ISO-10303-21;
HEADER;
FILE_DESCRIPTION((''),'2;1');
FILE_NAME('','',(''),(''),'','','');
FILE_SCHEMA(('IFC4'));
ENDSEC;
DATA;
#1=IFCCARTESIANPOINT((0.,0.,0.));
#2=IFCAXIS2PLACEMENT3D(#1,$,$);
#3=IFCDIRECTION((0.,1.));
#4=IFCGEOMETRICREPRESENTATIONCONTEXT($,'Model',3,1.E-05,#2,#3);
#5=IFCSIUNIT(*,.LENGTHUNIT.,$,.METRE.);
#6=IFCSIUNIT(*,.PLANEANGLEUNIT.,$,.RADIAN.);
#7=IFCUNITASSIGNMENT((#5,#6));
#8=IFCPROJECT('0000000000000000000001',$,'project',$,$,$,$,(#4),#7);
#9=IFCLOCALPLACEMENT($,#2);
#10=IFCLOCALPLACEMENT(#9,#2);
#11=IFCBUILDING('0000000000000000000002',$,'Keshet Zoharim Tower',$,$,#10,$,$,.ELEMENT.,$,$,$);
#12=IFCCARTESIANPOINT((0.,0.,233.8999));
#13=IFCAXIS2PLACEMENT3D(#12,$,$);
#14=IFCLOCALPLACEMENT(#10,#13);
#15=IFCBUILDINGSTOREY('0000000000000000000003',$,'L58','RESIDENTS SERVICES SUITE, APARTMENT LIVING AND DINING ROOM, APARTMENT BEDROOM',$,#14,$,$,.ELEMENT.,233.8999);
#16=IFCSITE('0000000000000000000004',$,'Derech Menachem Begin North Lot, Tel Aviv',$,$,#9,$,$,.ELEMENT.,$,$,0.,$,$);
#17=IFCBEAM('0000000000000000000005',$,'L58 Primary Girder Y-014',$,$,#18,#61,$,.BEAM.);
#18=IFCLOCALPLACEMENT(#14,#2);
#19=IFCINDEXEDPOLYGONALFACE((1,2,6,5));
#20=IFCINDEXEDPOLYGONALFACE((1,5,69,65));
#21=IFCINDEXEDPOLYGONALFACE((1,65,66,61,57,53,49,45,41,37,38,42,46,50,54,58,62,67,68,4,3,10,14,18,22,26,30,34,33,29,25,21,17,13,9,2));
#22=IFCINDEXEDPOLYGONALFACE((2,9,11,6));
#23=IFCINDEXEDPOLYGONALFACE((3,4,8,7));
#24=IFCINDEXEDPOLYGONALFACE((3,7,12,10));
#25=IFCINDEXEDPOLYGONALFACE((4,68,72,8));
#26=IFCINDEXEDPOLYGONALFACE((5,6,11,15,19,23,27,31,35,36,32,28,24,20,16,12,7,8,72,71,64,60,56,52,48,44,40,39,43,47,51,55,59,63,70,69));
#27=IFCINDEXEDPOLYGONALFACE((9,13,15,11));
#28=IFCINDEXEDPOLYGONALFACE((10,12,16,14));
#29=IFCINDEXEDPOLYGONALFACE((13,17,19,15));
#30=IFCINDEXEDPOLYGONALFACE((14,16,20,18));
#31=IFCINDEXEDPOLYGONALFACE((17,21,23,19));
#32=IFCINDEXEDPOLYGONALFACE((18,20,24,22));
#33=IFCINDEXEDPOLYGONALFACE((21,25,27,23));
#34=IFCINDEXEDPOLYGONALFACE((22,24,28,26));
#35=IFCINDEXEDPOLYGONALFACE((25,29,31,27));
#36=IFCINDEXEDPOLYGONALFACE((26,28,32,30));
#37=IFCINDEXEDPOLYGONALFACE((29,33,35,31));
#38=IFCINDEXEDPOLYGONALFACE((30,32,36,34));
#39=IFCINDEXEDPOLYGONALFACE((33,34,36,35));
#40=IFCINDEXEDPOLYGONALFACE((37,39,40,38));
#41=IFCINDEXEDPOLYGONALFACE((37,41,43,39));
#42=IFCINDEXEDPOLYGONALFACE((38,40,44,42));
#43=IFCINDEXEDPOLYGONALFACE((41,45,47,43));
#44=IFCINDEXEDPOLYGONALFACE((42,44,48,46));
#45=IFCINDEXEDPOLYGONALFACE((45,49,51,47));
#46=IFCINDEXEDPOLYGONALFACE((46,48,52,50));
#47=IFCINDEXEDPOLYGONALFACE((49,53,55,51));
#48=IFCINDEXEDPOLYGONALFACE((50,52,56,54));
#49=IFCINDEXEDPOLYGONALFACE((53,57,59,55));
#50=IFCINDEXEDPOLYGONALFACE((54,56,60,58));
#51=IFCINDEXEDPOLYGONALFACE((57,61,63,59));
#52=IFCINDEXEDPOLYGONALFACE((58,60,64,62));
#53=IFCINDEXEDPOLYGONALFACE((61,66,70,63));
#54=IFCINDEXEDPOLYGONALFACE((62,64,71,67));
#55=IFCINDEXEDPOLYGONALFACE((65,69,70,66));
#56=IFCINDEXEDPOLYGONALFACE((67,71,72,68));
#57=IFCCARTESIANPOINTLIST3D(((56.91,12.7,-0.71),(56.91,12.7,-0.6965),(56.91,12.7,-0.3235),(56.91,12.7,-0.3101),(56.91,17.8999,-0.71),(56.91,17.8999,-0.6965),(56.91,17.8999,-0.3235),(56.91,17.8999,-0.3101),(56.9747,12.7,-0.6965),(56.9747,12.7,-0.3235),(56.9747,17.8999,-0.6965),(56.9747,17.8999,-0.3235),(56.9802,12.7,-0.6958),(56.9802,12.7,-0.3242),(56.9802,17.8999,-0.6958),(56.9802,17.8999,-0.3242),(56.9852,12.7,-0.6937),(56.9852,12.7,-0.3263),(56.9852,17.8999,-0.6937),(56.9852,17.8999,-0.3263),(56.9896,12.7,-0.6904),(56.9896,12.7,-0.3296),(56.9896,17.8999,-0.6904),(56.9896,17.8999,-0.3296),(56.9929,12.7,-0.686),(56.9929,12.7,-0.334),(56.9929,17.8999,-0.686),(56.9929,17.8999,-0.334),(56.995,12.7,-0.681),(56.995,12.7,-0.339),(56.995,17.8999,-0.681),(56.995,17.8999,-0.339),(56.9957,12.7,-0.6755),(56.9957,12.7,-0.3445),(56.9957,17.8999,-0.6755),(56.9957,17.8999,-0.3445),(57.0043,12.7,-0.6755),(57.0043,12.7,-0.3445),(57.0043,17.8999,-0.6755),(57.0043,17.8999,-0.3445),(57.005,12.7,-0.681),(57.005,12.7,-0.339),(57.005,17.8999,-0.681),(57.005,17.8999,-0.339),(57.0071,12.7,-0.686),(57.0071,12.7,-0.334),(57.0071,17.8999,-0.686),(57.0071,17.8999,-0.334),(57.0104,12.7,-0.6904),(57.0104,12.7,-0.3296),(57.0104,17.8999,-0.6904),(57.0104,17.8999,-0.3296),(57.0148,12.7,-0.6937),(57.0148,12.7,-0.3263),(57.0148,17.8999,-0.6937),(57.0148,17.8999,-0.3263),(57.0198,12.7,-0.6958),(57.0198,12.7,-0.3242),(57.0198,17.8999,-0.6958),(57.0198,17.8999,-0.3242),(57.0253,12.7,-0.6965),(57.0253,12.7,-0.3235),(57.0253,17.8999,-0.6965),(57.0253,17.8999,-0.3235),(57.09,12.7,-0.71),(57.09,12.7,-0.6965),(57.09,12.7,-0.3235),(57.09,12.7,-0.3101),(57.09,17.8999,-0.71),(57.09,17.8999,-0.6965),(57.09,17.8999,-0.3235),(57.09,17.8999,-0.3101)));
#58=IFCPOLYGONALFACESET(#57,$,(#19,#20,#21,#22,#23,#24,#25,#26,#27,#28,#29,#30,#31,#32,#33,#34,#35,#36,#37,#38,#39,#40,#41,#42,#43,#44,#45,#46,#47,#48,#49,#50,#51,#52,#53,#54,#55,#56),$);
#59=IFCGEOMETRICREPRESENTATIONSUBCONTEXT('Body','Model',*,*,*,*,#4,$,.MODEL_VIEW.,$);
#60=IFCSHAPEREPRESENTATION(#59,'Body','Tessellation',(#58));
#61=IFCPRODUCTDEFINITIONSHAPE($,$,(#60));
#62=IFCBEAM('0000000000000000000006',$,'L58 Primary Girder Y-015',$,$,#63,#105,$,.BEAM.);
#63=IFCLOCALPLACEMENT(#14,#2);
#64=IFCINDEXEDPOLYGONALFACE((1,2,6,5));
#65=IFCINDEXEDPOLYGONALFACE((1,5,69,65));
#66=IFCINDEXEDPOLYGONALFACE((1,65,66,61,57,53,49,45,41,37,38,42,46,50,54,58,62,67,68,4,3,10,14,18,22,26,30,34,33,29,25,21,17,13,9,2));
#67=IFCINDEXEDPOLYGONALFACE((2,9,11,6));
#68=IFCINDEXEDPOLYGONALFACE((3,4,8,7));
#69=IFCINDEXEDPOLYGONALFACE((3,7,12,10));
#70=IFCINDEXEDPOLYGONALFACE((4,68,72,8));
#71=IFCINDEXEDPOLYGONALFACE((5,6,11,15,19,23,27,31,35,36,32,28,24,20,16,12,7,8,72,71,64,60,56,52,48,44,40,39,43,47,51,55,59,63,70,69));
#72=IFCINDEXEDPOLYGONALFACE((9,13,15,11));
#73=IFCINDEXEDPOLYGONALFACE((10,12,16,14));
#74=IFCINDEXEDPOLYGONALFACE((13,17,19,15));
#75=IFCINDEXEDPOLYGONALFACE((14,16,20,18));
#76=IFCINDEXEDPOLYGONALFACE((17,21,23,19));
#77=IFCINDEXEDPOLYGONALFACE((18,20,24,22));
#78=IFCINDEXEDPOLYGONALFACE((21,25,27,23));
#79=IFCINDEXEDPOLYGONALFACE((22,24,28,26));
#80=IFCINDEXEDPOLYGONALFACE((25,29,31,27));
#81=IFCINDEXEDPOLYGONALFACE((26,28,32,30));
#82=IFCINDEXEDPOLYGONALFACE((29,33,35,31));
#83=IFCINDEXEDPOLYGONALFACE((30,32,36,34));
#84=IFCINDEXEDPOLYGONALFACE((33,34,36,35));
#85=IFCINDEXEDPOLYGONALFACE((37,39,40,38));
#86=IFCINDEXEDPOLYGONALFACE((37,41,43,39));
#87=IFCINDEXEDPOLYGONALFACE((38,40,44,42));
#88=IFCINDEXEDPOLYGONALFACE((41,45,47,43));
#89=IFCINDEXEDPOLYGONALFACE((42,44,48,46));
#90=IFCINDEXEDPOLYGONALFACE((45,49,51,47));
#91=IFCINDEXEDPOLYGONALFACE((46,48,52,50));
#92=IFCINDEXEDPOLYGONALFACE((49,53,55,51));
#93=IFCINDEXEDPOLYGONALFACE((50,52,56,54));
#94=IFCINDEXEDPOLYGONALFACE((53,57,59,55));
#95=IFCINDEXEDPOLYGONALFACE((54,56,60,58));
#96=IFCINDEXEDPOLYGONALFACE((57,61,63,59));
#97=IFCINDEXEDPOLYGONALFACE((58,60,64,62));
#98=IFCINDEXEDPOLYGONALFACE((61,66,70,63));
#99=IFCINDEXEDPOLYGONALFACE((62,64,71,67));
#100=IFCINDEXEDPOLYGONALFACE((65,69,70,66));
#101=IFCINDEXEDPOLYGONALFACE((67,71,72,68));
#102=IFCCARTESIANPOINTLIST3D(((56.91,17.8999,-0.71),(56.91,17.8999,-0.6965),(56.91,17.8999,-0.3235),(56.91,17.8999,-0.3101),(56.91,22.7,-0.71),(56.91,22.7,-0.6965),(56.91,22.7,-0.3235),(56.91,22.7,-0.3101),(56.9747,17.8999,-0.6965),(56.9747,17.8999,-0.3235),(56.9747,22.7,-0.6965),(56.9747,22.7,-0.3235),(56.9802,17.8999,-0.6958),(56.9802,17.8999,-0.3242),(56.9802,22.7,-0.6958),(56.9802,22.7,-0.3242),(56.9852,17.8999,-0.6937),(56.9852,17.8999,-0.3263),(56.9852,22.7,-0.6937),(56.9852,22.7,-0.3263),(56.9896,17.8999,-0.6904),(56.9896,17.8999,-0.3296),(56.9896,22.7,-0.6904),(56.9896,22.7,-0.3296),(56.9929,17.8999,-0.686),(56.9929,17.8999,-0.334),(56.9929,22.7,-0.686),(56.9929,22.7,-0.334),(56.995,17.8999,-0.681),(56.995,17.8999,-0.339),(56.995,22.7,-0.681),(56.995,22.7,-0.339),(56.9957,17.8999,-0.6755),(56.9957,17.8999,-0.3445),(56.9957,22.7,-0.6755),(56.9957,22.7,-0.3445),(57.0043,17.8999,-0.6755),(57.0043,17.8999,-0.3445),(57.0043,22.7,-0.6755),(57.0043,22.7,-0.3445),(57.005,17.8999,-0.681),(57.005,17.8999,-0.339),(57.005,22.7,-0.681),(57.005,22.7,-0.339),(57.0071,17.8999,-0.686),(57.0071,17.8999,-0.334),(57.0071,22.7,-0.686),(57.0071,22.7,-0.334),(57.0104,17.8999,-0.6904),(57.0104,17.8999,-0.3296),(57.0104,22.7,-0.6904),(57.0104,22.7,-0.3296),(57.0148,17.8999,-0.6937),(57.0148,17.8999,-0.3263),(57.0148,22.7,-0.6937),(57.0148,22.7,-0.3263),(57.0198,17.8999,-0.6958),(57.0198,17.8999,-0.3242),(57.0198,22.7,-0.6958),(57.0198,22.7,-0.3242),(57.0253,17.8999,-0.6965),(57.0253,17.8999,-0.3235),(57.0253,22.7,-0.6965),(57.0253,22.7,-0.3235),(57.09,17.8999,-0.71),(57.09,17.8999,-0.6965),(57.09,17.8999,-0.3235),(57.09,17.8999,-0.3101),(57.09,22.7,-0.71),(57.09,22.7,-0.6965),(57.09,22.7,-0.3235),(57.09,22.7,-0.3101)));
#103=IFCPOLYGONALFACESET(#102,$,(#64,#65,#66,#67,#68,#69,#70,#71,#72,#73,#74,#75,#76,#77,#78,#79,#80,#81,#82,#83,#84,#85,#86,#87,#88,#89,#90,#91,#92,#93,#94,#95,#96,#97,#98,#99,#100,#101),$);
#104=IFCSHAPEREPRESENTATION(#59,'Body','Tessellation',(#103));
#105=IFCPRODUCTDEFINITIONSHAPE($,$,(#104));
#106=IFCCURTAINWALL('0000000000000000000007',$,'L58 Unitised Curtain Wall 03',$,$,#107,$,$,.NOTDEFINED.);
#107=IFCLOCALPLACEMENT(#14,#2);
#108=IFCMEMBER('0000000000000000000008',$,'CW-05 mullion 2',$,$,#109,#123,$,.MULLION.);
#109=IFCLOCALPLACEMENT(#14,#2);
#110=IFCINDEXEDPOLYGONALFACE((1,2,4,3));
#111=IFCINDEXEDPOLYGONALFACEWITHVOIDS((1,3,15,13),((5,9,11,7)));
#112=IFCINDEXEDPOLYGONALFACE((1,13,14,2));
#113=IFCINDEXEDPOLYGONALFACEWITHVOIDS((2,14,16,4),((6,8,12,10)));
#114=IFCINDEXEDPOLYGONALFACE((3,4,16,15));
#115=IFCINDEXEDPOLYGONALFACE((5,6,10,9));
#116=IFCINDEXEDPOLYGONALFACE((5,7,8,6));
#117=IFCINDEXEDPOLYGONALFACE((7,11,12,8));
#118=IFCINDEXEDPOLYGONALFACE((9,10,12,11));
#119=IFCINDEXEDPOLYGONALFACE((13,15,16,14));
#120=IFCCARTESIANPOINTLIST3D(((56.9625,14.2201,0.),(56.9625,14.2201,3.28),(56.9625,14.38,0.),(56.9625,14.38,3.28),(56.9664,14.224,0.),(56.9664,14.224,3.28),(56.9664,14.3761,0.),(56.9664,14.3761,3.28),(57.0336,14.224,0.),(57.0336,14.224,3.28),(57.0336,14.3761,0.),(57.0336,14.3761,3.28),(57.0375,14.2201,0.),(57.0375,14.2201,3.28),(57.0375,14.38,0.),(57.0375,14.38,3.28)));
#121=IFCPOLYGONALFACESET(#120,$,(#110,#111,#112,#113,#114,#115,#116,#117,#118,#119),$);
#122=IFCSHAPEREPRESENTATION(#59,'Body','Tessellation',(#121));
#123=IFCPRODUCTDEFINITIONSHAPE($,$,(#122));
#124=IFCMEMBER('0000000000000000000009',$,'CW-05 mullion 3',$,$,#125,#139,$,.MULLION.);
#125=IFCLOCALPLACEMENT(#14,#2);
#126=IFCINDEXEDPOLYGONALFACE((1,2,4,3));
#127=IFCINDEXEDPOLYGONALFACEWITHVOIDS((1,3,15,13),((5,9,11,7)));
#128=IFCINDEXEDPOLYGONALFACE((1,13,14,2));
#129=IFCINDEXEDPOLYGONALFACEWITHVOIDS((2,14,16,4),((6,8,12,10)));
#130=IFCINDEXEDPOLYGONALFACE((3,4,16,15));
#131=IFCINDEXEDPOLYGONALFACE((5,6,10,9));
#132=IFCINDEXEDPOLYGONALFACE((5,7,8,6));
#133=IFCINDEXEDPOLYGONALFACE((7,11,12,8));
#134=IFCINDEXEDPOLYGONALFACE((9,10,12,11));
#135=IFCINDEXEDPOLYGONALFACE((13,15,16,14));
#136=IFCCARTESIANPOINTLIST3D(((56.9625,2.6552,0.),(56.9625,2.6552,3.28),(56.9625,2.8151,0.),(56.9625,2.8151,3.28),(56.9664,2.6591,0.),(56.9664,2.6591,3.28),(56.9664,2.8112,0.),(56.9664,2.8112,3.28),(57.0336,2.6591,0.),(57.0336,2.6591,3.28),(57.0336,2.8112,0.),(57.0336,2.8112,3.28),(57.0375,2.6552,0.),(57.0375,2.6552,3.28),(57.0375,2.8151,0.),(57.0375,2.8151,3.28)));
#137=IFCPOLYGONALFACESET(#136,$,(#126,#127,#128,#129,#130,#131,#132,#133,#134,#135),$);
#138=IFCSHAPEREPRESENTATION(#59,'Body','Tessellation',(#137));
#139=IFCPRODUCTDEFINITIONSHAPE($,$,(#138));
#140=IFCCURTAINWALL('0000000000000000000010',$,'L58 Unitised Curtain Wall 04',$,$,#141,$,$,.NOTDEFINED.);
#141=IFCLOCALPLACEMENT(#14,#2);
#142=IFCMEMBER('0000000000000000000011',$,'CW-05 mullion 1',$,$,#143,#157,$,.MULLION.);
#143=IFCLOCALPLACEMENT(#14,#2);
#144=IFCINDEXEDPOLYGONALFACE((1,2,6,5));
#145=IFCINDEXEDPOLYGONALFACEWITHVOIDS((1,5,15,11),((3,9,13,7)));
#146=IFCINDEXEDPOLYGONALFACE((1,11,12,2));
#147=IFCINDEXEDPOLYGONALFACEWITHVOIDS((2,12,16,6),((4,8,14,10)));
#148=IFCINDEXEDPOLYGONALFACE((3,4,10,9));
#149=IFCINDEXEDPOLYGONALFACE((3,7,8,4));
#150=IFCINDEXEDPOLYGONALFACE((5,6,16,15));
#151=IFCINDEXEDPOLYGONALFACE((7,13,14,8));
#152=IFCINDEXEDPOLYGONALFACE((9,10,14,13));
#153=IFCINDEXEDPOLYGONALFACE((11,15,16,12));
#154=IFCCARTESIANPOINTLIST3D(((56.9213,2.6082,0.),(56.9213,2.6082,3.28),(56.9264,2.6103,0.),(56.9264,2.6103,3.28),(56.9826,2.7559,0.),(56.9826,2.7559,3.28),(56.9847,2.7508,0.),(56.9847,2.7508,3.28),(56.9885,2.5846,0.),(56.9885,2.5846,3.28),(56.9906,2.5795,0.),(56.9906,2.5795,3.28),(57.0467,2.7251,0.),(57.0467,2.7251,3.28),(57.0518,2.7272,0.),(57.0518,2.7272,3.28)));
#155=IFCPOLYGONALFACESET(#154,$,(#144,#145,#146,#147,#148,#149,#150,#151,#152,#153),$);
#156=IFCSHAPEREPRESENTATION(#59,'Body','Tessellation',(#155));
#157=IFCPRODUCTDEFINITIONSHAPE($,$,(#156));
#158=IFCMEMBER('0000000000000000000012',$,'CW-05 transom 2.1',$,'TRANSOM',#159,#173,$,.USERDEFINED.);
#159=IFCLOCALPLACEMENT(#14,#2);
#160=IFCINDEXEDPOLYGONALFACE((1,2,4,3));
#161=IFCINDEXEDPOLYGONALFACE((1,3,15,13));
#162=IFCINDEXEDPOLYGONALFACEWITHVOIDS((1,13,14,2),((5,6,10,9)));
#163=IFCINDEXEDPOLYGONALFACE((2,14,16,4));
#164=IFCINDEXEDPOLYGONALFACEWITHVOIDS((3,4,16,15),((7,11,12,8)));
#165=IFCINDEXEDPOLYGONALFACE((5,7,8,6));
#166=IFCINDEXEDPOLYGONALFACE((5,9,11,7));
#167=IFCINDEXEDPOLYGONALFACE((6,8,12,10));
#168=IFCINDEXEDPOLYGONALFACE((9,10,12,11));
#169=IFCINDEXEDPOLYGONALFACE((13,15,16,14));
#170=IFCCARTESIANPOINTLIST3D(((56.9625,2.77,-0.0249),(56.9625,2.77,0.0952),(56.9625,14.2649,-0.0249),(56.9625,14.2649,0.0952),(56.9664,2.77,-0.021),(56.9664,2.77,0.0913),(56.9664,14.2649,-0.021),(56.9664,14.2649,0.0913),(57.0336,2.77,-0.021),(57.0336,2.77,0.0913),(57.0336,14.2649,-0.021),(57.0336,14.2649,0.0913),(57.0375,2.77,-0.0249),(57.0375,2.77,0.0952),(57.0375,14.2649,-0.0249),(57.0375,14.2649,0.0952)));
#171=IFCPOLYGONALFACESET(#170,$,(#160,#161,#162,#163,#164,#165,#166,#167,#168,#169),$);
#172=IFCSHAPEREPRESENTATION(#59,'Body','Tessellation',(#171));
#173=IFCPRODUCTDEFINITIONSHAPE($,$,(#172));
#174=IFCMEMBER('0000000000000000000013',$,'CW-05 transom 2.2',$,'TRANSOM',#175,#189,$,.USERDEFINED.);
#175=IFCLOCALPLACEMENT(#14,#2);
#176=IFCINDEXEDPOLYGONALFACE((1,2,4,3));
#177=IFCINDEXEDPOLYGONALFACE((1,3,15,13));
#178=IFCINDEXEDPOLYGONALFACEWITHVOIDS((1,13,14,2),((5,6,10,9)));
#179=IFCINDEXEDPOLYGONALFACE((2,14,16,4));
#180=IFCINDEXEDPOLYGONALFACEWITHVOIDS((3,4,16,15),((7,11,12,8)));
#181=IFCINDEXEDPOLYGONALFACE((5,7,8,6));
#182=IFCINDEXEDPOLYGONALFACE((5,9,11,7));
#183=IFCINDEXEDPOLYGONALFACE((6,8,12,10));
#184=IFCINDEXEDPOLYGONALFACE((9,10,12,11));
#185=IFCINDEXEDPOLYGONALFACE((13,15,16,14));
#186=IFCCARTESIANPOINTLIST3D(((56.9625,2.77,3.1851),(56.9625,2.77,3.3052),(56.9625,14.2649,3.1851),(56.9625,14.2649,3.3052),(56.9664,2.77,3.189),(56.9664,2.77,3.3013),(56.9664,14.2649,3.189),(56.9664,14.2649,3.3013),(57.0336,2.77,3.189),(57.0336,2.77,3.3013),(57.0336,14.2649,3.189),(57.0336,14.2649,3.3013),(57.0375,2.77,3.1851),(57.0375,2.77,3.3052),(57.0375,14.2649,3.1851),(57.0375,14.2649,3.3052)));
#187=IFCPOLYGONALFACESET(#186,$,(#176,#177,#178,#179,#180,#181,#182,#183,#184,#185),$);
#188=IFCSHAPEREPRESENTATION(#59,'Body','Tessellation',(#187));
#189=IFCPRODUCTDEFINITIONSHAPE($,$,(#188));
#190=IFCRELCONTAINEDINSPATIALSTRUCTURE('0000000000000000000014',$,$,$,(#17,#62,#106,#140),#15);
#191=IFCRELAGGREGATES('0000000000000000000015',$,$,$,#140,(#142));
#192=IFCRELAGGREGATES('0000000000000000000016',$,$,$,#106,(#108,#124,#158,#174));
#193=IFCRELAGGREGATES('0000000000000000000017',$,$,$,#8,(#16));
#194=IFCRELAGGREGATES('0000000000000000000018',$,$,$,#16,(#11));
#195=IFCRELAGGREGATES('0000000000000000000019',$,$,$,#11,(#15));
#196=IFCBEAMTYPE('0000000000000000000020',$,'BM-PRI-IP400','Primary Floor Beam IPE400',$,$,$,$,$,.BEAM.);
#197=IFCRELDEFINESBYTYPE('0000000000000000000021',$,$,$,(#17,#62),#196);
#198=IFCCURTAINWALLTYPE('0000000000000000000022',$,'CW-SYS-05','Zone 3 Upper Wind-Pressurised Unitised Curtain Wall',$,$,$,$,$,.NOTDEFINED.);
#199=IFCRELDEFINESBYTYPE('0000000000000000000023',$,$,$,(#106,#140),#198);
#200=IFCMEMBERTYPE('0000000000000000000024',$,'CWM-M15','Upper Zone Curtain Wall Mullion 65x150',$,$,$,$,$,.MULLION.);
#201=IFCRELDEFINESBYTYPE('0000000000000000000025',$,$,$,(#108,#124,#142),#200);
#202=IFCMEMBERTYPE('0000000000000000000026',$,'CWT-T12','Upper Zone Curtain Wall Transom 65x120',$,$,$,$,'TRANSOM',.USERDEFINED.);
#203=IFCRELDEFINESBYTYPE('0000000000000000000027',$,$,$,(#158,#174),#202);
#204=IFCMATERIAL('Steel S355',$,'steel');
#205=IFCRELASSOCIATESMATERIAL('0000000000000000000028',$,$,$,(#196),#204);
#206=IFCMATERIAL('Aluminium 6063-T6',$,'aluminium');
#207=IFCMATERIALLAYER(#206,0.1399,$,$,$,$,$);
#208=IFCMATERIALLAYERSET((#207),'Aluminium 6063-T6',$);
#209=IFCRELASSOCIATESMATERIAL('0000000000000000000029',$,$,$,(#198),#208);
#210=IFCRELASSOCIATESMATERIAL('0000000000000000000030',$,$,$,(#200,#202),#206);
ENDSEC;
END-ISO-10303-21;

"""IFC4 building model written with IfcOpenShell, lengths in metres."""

from ifc_helpers import new_model, si_unit, direction, frame, origin, origin_2d, place, context, subcontext, project, spatial, hollow_rectangle, i_section, extrude, material, layer, layer_set, material_profile, profile_set, type_object, element, aggregate, save


model = new_model("IFC4")

# Units and contexts
model_context = context("Model", 3, precision=1e-05, world=origin(), true_north=direction((0.0, 1.0)))
body_context = subcontext(model_context, "Body", "Model", "MODEL_VIEW")
ifc_project = project(units=[si_unit("LENGTHUNIT", "METRE"), si_unit("PLANEANGLEUNIT", "RADIAN")], contexts=[model_context])

# Site, building, storey
site_placement = place(None, origin())
site = spatial("IfcSite", under=ifc_project, at=site_placement, Name="Derech Menachem Begin North Lot, Tel Aviv", CompositionType="ELEMENT", RefElevation=0.0)
building_placement = place(site_placement, origin())
building = spatial("IfcBuilding", under=site, at=building_placement, Name="Keshet Zoharim Tower", CompositionType="ELEMENT")
storey_placement = place(building_placement, frame((0.0, 0.0, 233.8999)))
storey = spatial("IfcBuildingStorey", under=building, at=storey_placement, Name="L58", Description="RESIDENTS SERVICES SUITE, APARTMENT LIVING AND DINING ROOM, APARTMENT BEDROOM", CompositionType="ELEMENT", Elevation=233.8999)

# Shared definitions
ifc_material_1 = material(Name="Steel S355", Category="steel")

# Beams
ifc_material_profile_1 = material_profile(ifc_material_1, i_section(OverallWidth=0.1799, OverallDepth=0.3999, WebThickness=0.0085, FlangeThickness=0.0134, FilletRadius=0.021, at=origin_2d()), Name="IPE400")
ifc_profile_set_1 = profile_set([ifc_material_profile_1], Name="Steel S355")
beam_type = type_object("IfcBeamType", Name="BM-PRI-IP400", Description="Primary Floor Beam IPE400", PredefinedType="BEAM", material=ifc_profile_set_1)
beam_1_placement = place(storey_placement, frame((57.0, 12.7, -0.51), z_axis=(0.0, 1.0, 0.0), x_axis=(-1.0, 0.0, 0.0)))
element("IfcBeam", 1, at=beam_1_placement, inside=storey, type_object=beam_type, Name="L58 Primary Girder Y-014", PredefinedType="BEAM", context=body_context, shape_type="SweptSolid", body=[
    extrude(i_section(OverallWidth=0.1799, OverallDepth=0.3999, WebThickness=0.0085, FlangeThickness=0.0134, FilletRadius=0.021, at=origin_2d()), origin(), (0.0, 0.0, 1.0), 5.2),
])
beam_2_placement = place(storey_placement, frame((57.0, 17.8999, -0.51), z_axis=(0.0, 1.0, 0.0), x_axis=(-1.0, 0.0, 0.0)))
element("IfcBeam", 2, at=beam_2_placement, inside=storey, type_object=beam_type, Name="L58 Primary Girder Y-015", PredefinedType="BEAM", context=body_context, shape_type="SweptSolid", body=[
    extrude(i_section(OverallWidth=0.1799, OverallDepth=0.3999, WebThickness=0.0085, FlangeThickness=0.0134, FilletRadius=0.021, at=origin_2d()), origin(), (0.0, 0.0, 1.0), 4.8),
])

# Curtain wall, members
ifc_material_2 = material(Name="Aluminium 6063-T6", Category="aluminium")
ifc_layer_1 = layer(ifc_material_2, 0.1399)
ifc_layer_set_1 = layer_set([ifc_layer_1], Name="Aluminium 6063-T6")
curtain_wall_type = type_object("IfcCurtainWallType", Name="CW-SYS-05", Description="Zone 3 Upper Wind-Pressurised Unitised Curtain Wall", PredefinedType="NOTDEFINED", material=ifc_layer_set_1)
curtain_wall_1_placement = place(storey_placement, origin())
curtain_wall_1 = element("IfcCurtainWall", 3, at=curtain_wall_1_placement, inside=storey, type_object=curtain_wall_type, Name="L58 Unitised Curtain Wall 03", PredefinedType="NOTDEFINED")
ifc_material_profile_2 = material_profile(ifc_material_2, hollow_rectangle(XDim=0.075, YDim=0.1599, WallThickness=0.0039, at=origin_2d()), Name="MUL-75x160")
ifc_profile_set_2 = profile_set([ifc_material_profile_2], Name="Aluminium 6063-T6")
member_type_1 = type_object("IfcMemberType", Name="CWM-M15", Description="Upper Zone Curtain Wall Mullion 65x150", PredefinedType="MULLION", material=ifc_profile_set_2)
member_1_placement = place(storey_placement, frame((57.0, 14.3, 0.0), z_axis=(0.0, 0.0, 1.0), x_axis=(1.0, 0.0, 0.0)))
member_1 = element("IfcMember", 4, at=member_1_placement, type_object=member_type_1, Name="CW-05 mullion 2", PredefinedType="MULLION", context=body_context, shape_type="SweptSolid", body=[
    extrude(hollow_rectangle(XDim=0.075, YDim=0.1599, WallThickness=0.0039, at=origin_2d()), origin(), (0.0, 0.0, 1.0), 3.28),
])
member_2_placement = place(storey_placement, frame((57.0, 2.7351, 0.0), z_axis=(0.0, 0.0, 1.0), x_axis=(1.0, 0.0, 0.0)))
member_2 = element("IfcMember", 5, at=member_2_placement, type_object=member_type_1, Name="CW-05 mullion 3", PredefinedType="MULLION", context=body_context, shape_type="SweptSolid", body=[
    extrude(hollow_rectangle(XDim=0.075, YDim=0.1599, WallThickness=0.0039, at=origin_2d()), origin(), (0.0, 0.0, 1.0), 3.28),
])

# Curtain wall, member
curtain_wall_2_placement = place(storey_placement, origin())
curtain_wall_2 = element("IfcCurtainWall", 6, at=curtain_wall_2_placement, inside=storey, type_object=curtain_wall_type, Name="L58 Unitised Curtain Wall 04", PredefinedType="NOTDEFINED")
member_3_placement = place(storey_placement, frame((56.9866, 2.6677, 0.0), z_axis=(0.0, 0.0, 1.0), x_axis=(0.92381, -0.382852, 0.0)))
member_3 = element("IfcMember", 7, at=member_3_placement, type_object=member_type_1, Name="CW-05 mullion 1", PredefinedType="MULLION", context=body_context, shape_type="SweptSolid", body=[
    extrude(hollow_rectangle(XDim=0.075, YDim=0.1599, WallThickness=0.0039, at=origin_2d()), origin(), (0.0, 0.0, 1.0), 3.28),
])

# Members
ifc_material_profile_3 = material_profile(ifc_material_2, hollow_rectangle(XDim=0.075, YDim=0.1201, WallThickness=0.0039, at=origin_2d()), Name="TRN-75x120")
ifc_profile_set_3 = profile_set([ifc_material_profile_3], Name="Aluminium 6063-T6")
member_type_2 = type_object("IfcMemberType", Name="CWT-T12", Description="Upper Zone Curtain Wall Transom 65x120", ElementType="TRANSOM", PredefinedType="USERDEFINED", material=ifc_profile_set_3)
member_4_placement = place(storey_placement, frame((57.0, 14.2649, 0.0352), z_axis=(0.0, -1.0, 0.0), x_axis=(1.0, 0.0, 0.0)))
member_4 = element("IfcMember", 8, at=member_4_placement, type_object=member_type_2, Name="CW-05 transom 2.1", ObjectType="TRANSOM", PredefinedType="USERDEFINED", context=body_context, shape_type="SweptSolid", body=[
    extrude(hollow_rectangle(XDim=0.075, YDim=0.1201, WallThickness=0.0039, at=origin_2d()), origin(), (0.0, 0.0, 1.0), 11.4949),
])
member_5_placement = place(storey_placement, frame((57.0, 14.2649, 3.2451), z_axis=(0.0, -1.0, 0.0), x_axis=(1.0, 0.0, 0.0)))
member_5 = element("IfcMember", 9, at=member_5_placement, type_object=member_type_2, Name="CW-05 transom 2.2", ObjectType="TRANSOM", PredefinedType="USERDEFINED", context=body_context, shape_type="SweptSolid", body=[
    extrude(hollow_rectangle(XDim=0.075, YDim=0.1201, WallThickness=0.0039, at=origin_2d()), origin(), (0.0, 0.0, 1.0), 11.4949),
])
aggregate(curtain_wall_2, [member_3])

aggregate(curtain_wall_1, [member_1, member_2, member_4, member_5])

save(model, "model.ifc")
